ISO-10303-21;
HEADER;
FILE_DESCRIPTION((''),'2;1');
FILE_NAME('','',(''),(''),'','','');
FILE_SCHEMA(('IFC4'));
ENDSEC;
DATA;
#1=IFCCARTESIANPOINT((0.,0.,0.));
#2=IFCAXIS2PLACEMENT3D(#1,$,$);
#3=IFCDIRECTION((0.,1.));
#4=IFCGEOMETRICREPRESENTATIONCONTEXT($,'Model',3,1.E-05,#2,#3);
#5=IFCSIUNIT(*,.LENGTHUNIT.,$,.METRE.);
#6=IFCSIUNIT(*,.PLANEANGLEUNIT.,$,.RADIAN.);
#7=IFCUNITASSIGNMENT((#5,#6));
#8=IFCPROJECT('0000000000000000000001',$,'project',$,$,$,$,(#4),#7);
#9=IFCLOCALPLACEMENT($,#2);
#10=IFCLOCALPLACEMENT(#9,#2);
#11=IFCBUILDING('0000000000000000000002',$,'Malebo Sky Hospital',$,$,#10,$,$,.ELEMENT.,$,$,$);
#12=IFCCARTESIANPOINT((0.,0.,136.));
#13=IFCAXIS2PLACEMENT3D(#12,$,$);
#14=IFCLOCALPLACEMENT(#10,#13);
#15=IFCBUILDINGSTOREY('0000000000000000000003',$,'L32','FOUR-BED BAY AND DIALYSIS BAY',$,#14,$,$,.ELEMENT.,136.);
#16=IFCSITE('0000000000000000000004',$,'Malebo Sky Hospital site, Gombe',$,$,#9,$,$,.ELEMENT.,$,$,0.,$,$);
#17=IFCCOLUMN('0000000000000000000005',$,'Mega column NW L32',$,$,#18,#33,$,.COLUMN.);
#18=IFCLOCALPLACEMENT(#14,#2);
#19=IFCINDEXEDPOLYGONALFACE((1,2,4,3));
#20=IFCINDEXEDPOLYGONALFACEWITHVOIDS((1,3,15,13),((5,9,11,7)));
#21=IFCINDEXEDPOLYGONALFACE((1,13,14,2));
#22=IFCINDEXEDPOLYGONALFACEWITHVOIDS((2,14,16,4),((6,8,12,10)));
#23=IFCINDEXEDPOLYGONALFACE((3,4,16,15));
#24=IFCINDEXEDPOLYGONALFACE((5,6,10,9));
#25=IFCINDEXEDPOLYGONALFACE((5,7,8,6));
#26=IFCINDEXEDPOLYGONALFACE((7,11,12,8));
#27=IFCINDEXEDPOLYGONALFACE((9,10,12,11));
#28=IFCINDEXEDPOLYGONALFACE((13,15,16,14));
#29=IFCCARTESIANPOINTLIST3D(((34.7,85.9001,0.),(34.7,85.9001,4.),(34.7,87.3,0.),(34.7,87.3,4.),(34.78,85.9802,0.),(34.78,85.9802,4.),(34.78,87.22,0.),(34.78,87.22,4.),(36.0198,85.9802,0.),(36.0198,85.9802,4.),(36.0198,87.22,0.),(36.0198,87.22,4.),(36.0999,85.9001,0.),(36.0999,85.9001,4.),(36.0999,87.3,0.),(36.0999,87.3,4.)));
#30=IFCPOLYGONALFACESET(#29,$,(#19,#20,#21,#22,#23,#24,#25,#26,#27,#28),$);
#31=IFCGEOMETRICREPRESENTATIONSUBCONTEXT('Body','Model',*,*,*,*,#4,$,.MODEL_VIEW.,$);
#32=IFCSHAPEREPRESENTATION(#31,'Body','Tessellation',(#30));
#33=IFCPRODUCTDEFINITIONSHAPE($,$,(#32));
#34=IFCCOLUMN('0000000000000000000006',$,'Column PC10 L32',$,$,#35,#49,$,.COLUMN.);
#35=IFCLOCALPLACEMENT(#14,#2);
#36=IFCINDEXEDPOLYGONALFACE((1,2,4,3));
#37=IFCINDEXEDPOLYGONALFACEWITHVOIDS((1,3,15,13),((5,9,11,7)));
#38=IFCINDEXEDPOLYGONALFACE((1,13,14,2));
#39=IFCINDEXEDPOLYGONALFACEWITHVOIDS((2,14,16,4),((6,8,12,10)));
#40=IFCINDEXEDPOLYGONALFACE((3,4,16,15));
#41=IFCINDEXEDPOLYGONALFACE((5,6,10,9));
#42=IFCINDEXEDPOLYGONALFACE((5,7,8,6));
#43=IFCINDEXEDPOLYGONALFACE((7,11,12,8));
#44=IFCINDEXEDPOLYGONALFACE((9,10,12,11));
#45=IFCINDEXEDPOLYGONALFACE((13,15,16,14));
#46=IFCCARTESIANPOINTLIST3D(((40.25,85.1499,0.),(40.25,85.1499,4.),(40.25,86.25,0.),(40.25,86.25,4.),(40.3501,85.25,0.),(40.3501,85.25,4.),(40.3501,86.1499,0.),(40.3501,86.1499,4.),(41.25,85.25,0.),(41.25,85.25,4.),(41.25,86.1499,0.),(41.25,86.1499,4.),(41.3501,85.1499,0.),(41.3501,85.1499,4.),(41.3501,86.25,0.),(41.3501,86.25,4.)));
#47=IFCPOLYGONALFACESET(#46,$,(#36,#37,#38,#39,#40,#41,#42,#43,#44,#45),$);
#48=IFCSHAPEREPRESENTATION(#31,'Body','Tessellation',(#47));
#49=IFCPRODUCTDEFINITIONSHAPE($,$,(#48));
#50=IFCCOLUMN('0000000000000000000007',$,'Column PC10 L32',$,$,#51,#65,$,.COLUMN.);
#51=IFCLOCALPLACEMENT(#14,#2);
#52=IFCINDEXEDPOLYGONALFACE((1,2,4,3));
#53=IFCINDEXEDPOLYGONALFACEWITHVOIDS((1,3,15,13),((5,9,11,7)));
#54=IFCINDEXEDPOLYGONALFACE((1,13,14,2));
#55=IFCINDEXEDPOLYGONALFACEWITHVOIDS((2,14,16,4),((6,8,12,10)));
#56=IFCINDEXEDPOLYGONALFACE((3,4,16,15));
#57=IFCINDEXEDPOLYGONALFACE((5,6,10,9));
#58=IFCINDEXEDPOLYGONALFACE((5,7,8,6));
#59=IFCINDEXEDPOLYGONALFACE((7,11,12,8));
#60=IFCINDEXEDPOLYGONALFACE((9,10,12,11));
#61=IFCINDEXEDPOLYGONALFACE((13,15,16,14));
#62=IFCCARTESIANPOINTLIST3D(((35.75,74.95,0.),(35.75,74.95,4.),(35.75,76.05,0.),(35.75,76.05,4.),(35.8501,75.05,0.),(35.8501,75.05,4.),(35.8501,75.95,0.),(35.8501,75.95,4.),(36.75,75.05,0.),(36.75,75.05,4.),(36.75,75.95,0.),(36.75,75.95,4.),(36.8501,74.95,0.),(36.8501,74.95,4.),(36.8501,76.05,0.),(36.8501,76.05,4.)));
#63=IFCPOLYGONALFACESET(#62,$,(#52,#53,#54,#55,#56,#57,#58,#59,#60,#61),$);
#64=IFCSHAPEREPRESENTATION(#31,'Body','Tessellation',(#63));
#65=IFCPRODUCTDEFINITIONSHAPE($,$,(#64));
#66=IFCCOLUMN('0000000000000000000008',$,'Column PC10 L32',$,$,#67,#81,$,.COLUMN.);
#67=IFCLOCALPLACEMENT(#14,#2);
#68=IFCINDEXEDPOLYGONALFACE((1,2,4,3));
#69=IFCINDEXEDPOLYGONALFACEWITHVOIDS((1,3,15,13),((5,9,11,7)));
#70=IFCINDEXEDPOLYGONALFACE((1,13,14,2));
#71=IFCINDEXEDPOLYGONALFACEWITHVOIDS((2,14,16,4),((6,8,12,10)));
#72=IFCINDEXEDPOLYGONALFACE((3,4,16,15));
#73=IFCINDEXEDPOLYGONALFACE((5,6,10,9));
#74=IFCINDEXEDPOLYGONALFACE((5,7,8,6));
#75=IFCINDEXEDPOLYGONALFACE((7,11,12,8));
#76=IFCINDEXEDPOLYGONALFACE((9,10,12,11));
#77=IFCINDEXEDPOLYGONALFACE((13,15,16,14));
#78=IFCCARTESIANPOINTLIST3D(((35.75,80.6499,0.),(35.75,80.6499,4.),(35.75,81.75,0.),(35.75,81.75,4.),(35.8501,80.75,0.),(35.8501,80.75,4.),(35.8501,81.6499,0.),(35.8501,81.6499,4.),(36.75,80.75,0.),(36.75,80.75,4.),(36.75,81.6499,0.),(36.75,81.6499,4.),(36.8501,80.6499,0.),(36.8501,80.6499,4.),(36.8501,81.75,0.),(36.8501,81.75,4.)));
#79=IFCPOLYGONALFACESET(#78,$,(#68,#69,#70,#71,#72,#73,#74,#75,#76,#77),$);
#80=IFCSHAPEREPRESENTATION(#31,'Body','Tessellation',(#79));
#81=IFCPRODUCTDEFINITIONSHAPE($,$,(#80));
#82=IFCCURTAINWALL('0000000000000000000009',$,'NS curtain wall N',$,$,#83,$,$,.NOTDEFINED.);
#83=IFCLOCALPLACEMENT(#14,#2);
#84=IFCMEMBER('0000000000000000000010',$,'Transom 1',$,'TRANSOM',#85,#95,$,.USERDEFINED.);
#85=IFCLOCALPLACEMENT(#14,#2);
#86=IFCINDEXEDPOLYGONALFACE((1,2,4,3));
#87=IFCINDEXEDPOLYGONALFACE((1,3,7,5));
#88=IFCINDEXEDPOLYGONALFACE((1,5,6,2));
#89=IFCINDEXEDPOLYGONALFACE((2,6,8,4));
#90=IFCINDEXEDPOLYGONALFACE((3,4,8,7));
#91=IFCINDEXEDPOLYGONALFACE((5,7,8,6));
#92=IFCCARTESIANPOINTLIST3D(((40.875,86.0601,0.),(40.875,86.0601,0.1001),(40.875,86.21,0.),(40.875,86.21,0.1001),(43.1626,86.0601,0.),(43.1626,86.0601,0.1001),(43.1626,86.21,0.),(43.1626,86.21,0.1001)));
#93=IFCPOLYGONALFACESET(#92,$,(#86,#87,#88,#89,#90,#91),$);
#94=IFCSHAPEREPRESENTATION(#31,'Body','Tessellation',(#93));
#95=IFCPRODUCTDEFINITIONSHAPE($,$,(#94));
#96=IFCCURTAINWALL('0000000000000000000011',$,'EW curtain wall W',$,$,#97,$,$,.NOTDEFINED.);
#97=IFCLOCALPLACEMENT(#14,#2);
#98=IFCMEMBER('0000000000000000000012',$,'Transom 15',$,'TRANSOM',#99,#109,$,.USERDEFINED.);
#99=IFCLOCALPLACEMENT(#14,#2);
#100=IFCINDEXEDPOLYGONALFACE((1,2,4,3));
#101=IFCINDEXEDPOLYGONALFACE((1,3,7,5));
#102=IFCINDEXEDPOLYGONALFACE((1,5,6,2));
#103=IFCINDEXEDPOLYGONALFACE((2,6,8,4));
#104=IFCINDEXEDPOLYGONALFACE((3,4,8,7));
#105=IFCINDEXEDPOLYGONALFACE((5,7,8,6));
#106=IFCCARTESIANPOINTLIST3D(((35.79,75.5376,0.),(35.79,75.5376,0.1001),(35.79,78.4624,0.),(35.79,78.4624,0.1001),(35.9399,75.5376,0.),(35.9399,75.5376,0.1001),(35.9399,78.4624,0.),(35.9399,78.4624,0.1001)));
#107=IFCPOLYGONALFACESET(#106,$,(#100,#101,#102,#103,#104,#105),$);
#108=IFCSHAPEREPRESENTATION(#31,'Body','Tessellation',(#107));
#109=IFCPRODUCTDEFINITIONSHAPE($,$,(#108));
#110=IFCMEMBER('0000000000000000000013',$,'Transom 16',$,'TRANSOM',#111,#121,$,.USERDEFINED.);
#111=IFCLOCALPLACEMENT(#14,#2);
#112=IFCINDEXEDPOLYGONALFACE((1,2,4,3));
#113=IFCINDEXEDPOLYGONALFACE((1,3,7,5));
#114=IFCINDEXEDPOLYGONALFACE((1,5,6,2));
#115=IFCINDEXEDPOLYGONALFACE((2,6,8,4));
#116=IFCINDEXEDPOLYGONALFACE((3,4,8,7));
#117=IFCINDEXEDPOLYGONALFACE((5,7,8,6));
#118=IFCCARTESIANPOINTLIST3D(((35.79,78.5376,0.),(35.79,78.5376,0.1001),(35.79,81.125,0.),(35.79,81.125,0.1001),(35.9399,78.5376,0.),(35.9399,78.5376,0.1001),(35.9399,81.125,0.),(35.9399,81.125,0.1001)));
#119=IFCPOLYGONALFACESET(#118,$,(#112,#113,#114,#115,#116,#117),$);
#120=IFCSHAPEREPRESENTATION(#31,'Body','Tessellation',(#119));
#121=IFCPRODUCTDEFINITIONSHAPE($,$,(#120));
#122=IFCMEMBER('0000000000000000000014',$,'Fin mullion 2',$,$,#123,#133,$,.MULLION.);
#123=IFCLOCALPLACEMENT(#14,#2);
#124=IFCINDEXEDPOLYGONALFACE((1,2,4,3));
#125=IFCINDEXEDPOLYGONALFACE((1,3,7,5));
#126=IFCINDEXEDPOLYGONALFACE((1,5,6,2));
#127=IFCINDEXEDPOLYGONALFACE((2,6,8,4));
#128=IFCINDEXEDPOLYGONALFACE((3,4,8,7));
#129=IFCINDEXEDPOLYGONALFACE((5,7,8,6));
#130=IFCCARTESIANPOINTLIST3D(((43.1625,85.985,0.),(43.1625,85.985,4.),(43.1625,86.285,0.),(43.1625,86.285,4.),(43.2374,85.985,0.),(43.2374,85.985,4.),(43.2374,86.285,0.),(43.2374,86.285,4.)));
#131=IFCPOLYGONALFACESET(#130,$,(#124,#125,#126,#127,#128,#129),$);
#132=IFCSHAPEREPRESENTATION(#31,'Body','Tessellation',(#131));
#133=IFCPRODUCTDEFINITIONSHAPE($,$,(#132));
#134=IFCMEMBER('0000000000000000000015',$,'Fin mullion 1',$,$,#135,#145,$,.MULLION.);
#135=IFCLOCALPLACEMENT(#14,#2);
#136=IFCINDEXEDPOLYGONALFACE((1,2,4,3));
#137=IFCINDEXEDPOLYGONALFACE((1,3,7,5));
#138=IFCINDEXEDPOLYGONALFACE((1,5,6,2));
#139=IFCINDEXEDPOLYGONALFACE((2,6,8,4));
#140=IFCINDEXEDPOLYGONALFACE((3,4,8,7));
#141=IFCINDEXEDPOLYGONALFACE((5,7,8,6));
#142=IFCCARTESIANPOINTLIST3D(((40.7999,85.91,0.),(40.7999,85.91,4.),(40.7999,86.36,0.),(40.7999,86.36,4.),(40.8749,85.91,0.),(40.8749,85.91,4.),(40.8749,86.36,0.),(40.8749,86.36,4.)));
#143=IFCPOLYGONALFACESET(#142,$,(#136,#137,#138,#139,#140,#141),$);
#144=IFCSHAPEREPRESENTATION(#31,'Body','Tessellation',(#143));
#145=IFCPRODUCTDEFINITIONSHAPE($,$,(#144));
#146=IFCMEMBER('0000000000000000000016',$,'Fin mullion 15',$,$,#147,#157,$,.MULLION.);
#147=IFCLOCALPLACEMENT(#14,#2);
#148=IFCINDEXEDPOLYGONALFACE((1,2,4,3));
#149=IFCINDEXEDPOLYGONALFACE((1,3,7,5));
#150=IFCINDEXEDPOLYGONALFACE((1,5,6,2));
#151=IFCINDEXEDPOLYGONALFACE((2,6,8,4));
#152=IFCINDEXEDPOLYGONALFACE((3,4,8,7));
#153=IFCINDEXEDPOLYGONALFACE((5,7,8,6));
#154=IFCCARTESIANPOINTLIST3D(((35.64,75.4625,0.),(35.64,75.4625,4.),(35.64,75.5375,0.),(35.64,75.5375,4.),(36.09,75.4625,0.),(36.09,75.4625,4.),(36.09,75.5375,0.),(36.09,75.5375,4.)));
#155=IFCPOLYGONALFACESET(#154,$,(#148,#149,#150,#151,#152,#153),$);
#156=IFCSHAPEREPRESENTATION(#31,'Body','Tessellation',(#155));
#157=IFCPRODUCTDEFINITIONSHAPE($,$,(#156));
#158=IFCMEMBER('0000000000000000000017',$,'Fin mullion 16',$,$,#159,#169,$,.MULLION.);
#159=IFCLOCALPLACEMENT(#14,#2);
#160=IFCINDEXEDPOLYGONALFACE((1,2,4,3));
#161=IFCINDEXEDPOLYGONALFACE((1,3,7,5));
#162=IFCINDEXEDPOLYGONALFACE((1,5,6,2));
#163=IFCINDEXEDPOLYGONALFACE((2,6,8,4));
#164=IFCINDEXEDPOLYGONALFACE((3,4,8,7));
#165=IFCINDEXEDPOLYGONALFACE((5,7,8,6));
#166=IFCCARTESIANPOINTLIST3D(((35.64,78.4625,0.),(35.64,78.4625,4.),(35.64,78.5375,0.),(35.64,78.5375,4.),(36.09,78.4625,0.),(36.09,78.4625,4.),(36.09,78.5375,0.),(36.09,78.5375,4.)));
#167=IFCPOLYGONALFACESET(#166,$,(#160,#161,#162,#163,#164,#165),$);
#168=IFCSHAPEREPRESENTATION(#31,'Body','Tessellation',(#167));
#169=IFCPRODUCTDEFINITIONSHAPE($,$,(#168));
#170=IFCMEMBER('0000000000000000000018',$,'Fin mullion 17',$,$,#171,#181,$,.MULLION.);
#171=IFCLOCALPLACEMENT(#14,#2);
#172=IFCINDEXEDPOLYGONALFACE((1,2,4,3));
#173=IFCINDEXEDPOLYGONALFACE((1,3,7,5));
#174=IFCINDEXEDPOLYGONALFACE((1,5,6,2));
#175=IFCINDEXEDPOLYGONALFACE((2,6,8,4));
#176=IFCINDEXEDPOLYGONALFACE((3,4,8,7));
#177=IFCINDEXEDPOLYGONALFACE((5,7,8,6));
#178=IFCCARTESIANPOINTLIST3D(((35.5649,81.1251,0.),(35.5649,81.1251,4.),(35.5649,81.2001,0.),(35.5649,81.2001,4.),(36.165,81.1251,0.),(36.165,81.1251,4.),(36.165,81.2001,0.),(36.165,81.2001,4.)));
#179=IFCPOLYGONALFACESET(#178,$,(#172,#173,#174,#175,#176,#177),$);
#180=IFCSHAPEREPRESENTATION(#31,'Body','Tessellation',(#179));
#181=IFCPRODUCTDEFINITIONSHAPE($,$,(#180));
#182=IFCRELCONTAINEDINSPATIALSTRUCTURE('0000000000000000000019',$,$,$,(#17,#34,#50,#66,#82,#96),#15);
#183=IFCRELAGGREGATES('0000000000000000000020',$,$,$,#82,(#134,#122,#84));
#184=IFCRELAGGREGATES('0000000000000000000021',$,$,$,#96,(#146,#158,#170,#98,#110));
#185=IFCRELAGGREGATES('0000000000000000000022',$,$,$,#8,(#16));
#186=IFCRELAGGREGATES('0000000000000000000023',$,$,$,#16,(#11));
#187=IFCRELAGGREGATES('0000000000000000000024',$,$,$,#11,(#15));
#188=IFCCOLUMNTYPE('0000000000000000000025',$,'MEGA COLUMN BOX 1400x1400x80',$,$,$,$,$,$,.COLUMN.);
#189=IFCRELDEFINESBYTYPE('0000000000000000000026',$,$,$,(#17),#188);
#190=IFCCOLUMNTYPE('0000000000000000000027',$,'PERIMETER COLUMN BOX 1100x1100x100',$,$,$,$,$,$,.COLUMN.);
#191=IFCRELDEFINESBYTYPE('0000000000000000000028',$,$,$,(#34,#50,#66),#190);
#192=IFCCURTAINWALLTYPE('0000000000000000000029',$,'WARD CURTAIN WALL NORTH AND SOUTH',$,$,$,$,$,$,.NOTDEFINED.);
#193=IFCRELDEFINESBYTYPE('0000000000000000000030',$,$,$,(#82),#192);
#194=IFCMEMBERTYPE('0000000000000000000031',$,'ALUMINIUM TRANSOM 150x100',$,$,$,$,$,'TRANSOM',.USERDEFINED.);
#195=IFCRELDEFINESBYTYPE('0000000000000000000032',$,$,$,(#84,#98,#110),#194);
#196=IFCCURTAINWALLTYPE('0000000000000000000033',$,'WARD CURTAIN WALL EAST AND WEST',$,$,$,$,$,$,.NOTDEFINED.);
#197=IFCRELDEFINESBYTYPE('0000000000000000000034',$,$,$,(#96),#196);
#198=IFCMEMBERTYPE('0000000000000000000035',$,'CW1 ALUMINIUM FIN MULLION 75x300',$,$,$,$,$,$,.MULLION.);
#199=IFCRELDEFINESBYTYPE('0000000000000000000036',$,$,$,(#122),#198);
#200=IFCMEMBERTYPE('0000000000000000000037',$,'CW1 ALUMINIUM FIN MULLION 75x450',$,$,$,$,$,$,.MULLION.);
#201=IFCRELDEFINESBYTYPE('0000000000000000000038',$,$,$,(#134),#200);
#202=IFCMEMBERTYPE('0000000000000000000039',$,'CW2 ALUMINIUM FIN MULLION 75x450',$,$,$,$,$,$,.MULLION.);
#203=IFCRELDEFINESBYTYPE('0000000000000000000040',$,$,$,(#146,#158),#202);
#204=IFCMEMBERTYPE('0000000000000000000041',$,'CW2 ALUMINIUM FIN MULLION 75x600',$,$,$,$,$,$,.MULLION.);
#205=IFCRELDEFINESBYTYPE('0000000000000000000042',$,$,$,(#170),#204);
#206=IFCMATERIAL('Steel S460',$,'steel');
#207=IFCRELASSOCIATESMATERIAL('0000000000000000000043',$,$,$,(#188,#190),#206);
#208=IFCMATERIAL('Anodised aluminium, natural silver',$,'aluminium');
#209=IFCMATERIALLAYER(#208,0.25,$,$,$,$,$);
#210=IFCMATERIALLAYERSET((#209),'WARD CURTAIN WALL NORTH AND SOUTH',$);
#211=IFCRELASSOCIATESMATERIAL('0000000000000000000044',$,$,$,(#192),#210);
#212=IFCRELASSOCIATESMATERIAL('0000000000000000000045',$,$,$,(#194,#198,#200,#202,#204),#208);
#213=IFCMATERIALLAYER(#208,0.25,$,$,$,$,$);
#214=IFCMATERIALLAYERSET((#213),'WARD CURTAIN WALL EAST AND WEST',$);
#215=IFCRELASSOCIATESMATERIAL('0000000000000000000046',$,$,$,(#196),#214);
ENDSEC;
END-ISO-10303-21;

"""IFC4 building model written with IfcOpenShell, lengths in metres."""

from ifc_helpers import new_model, si_unit, direction, frame, origin, origin_2d, place, context, subcontext, project, spatial, rectangle, hollow_rectangle, extrude, material, layer, layer_set, material_profile, profile_set, type_object, element, aggregate, save


model = new_model("IFC4")

# Units and contexts
model_context = context("Model", 3, precision=1e-05, world=origin(), true_north=direction((0.0, 1.0)))
body_context = subcontext(model_context, "Body", "Model", "MODEL_VIEW")
ifc_project = project(units=[si_unit("LENGTHUNIT", "METRE"), si_unit("PLANEANGLEUNIT", "RADIAN")], contexts=[model_context])

# Site, building, storey
site_placement = place(None, origin())
site = spatial("IfcSite", under=ifc_project, at=site_placement, Name="Malebo Sky Hospital site, Gombe", CompositionType="ELEMENT", RefElevation=0.0)
building_placement = place(site_placement, origin())
building = spatial("IfcBuilding", under=site, at=building_placement, Name="Malebo Sky Hospital", CompositionType="ELEMENT")
storey_placement = place(building_placement, frame((0.0, 0.0, 136.0)))
storey = spatial("IfcBuildingStorey", under=building, at=storey_placement, Name="L32", Description="FOUR-BED BAY AND DIALYSIS BAY", CompositionType="ELEMENT", Elevation=136.0)

# Columns
ifc_material_1 = material(Name="Steel S460", Category="steel")
ifc_material_profile_1 = material_profile(ifc_material_1, hollow_rectangle(XDim=1.3999, YDim=1.3999, WallThickness=0.0801, at=origin_2d()), Name="BOX 1400x1400x80")
ifc_profile_set_1 = profile_set([ifc_material_profile_1], Name="Steel S460")
column_type_1 = type_object("IfcColumnType", Name="MEGA COLUMN BOX 1400x1400x80", PredefinedType="COLUMN", material=ifc_profile_set_1)
column_placement = place(storey_placement, frame((35.3999, 86.6001, 0.0), z_axis=(0.0, 0.0, 1.0), x_axis=(1.0, 0.0, 0.0)))
element("IfcColumn", 1, at=column_placement, inside=storey, type_object=column_type_1, Name="Mega column NW L32", PredefinedType="COLUMN", context=body_context, shape_type="SweptSolid", body=[
    extrude(hollow_rectangle(XDim=1.3999, YDim=1.3999, WallThickness=0.0801, at=origin_2d()), origin(), (0.0, 0.0, 1.0), 4.0),
])
ifc_material_profile_2 = material_profile(ifc_material_1, hollow_rectangle(XDim=1.1001, YDim=1.1001, WallThickness=0.1001, at=origin_2d()), Name="BOX 1100x1100x100")
ifc_profile_set_2 = profile_set([ifc_material_profile_2], Name="Steel S460")
column_type_2 = type_object("IfcColumnType", Name="PERIMETER COLUMN BOX 1100x1100x100", PredefinedType="COLUMN", material=ifc_profile_set_2)
for number, where, z_axis, x_axis, name in (
    (2, (40.8, 85.7, 0.0), (0.0, 0.0, 1.0), (1.0, 0.0, 0.0), "Column PC10 L32"),
    (3, (36.3, 75.5, 0.0), (0.0, 0.0, 1.0), (1.0, 0.0, 0.0), "Column PC10 L32"),
    (4, (36.3, 81.2, 0.0), (0.0, 0.0, 1.0), (1.0, 0.0, 0.0), "Column PC10 L32"),
):
    element("IfcColumn", number, at=place(storey_placement, frame(where, z_axis=z_axis, x_axis=x_axis)), inside=storey, type_object=column_type_2, Name=name, PredefinedType="COLUMN", context=body_context, shape_type="SweptSolid", body=[
        extrude(hollow_rectangle(XDim=1.1001, YDim=1.1001, WallThickness=0.1001, at=origin_2d()), origin(), (0.0, 0.0, 1.0), 4.0),
    ])

# Curtain wall, member
ifc_material_2 = material(Name="Anodised aluminium, natural silver", Category="aluminium")
ifc_layer_1 = layer(ifc_material_2, 0.25)
ifc_layer_set_1 = layer_set([ifc_layer_1], Name="WARD CURTAIN WALL NORTH AND SOUTH")
curtain_wall_type_1 = type_object("IfcCurtainWallType", Name="WARD CURTAIN WALL NORTH AND SOUTH", PredefinedType="NOTDEFINED", material=ifc_layer_set_1)
curtain_wall_1_placement = place(storey_placement, origin())
curtain_wall_1 = element("IfcCurtainWall", 5, at=curtain_wall_1_placement, inside=storey, type_object=curtain_wall_type_1, Name="NS curtain wall N", PredefinedType="NOTDEFINED")
ifc_material_profile_3 = material_profile(ifc_material_2, rectangle(XDim=0.1499, YDim=0.1001, at=origin_2d()), Name="ALUMINIUM TRANSOM 150x100")
ifc_profile_set_3 = profile_set([ifc_material_profile_3], Name="Anodised aluminium, natural silver")
member_type_1 = type_object("IfcMemberType", Name="ALUMINIUM TRANSOM 150x100", ElementType="TRANSOM", PredefinedType="USERDEFINED", material=ifc_profile_set_3)
member_1_placement = place(storey_placement, frame((40.875, 86.135, 0.05), z_axis=(1.0, 0.0, 0.0), x_axis=(0.0, 1.0, 0.0)))
member_1 = element("IfcMember", 6, at=member_1_placement, type_object=member_type_1, Name="Transom 1", ObjectType="TRANSOM", PredefinedType="USERDEFINED", context=body_context, shape_type="SweptSolid", body=[
    extrude(rectangle(XDim=0.1499, YDim=0.1001, at=origin_2d()), origin(), (0.0, 0.0, 1.0), 2.2876),
])

# Curtain wall, members
ifc_layer_2 = layer(ifc_material_2, 0.25)
ifc_layer_set_2 = layer_set([ifc_layer_2], Name="WARD CURTAIN WALL EAST AND WEST")
curtain_wall_type_2 = type_object("IfcCurtainWallType", Name="WARD CURTAIN WALL EAST AND WEST", PredefinedType="NOTDEFINED", material=ifc_layer_set_2)
curtain_wall_2_placement = place(storey_placement, origin())
curtain_wall_2 = element("IfcCurtainWall", 7, at=curtain_wall_2_placement, inside=storey, type_object=curtain_wall_type_2, Name="EW curtain wall W", PredefinedType="NOTDEFINED")
member_2_placement = place(storey_placement, frame((35.865, 75.5376, 0.05), z_axis=(0.0, 1.0, 0.0), x_axis=(-1.0, 0.0, 0.0)))
member_2 = element("IfcMember", 8, at=member_2_placement, type_object=member_type_1, Name="Transom 15", ObjectType="TRANSOM", PredefinedType="USERDEFINED", context=body_context, shape_type="SweptSolid", body=[
    extrude(rectangle(XDim=0.1499, YDim=0.1001, at=origin_2d()), origin(), (0.0, 0.0, 1.0), 2.9248),
])
member_3_placement = place(storey_placement, frame((35.865, 78.5376, 0.05), z_axis=(0.0, 1.0, 0.0), x_axis=(-1.0, 0.0, 0.0)))
member_3 = element("IfcMember", 9, at=member_3_placement, type_object=member_type_1, Name="Transom 16", ObjectType="TRANSOM", PredefinedType="USERDEFINED", context=body_context, shape_type="SweptSolid", body=[
    extrude(rectangle(XDim=0.1499, YDim=0.1001, at=origin_2d()), origin(), (0.0, 0.0, 1.0), 2.5874),
])

# Members
ifc_material_profile_4 = material_profile(ifc_material_2, rectangle(XDim=0.075, YDim=0.3, at=origin_2d()), Name="CW1 ALUMINIUM FIN MULLION 75x300")
ifc_profile_set_4 = profile_set([ifc_material_profile_4], Name="Anodised aluminium, natural silver")
member_type_2 = type_object("IfcMemberType", Name="CW1 ALUMINIUM FIN MULLION 75x300", PredefinedType="MULLION", material=ifc_profile_set_4)
member_4_placement = place(storey_placement, frame((43.2, 86.135, 0.0), z_axis=(0.0, 0.0, 1.0), x_axis=(1.0, 0.0, 0.0)))
member_4 = element("IfcMember", 10, at=member_4_placement, type_object=member_type_2, Name="Fin mullion 2", PredefinedType="MULLION", context=body_context, shape_type="SweptSolid", body=[
    extrude(rectangle(XDim=0.075, YDim=0.3, at=origin_2d()), origin(), (0.0, 0.0, 1.0), 4.0),
])
ifc_material_profile_5 = material_profile(ifc_material_2, rectangle(XDim=0.075, YDim=0.45, at=origin_2d()), Name="CW1 ALUMINIUM FIN MULLION 75x450")
ifc_profile_set_5 = profile_set([ifc_material_profile_5], Name="Anodised aluminium, natural silver")
member_type_3 = type_object("IfcMemberType", Name="CW1 ALUMINIUM FIN MULLION 75x450", PredefinedType="MULLION", material=ifc_profile_set_5)
member_5_placement = place(storey_placement, frame((40.8374, 86.135, 0.0), z_axis=(0.0, 0.0, 1.0), x_axis=(1.0, 0.0, 0.0)))
member_5 = element("IfcMember", 11, at=member_5_placement, type_object=member_type_3, Name="Fin mullion 1", PredefinedType="MULLION", context=body_context, shape_type="SweptSolid", body=[
    extrude(rectangle(XDim=0.075, YDim=0.45, at=origin_2d()), origin(), (0.0, 0.0, 1.0), 4.0),
])
ifc_material_profile_6 = material_profile(ifc_material_2, rectangle(XDim=0.075, YDim=0.45, at=origin_2d()), Name="CW2 ALUMINIUM FIN MULLION 75x450")
ifc_profile_set_6 = profile_set([ifc_material_profile_6], Name="Anodised aluminium, natural silver")
member_type_4 = type_object("IfcMemberType", Name="CW2 ALUMINIUM FIN MULLION 75x450", PredefinedType="MULLION", material=ifc_profile_set_6)
member_6_placement = place(storey_placement, frame((35.865, 75.5, 0.0), z_axis=(0.0, 0.0, 1.0), x_axis=(0.0, 1.0, 0.0)))
member_6 = element("IfcMember", 12, at=member_6_placement, type_object=member_type_4, Name="Fin mullion 15", PredefinedType="MULLION", context=body_context, shape_type="SweptSolid", body=[
    extrude(rectangle(XDim=0.075, YDim=0.45, at=origin_2d()), origin(), (0.0, 0.0, 1.0), 4.0),
])
member_7_placement = place(storey_placement, frame((35.865, 78.5, 0.0), z_axis=(0.0, 0.0, 1.0), x_axis=(0.0, 1.0, 0.0)))
member_7 = element("IfcMember", 13, at=member_7_placement, type_object=member_type_4, Name="Fin mullion 16", PredefinedType="MULLION", context=body_context, shape_type="SweptSolid", body=[
    extrude(rectangle(XDim=0.075, YDim=0.45, at=origin_2d()), origin(), (0.0, 0.0, 1.0), 4.0),
])
ifc_material_profile_7 = material_profile(ifc_material_2, rectangle(XDim=0.075, YDim=0.6001, at=origin_2d()), Name="CW2 ALUMINIUM FIN MULLION 75x600")
ifc_profile_set_7 = profile_set([ifc_material_profile_7], Name="Anodised aluminium, natural silver")
member_type_5 = type_object("IfcMemberType", Name="CW2 ALUMINIUM FIN MULLION 75x600", PredefinedType="MULLION", material=ifc_profile_set_7)
member_8_placement = place(storey_placement, frame((35.865, 81.1626, 0.0), z_axis=(0.0, 0.0, 1.0), x_axis=(0.0, 1.0, 0.0)))
member_8 = element("IfcMember", 14, at=member_8_placement, type_object=member_type_5, Name="Fin mullion 17", PredefinedType="MULLION", context=body_context, shape_type="SweptSolid", body=[
    extrude(rectangle(XDim=0.075, YDim=0.6001, at=origin_2d()), origin(), (0.0, 0.0, 1.0), 4.0),
])

aggregate(curtain_wall_1, [member_5, member_4, member_1])
aggregate(curtain_wall_2, [member_6, member_7, member_8, member_2, member_3])

save(model, "model.ifc")
